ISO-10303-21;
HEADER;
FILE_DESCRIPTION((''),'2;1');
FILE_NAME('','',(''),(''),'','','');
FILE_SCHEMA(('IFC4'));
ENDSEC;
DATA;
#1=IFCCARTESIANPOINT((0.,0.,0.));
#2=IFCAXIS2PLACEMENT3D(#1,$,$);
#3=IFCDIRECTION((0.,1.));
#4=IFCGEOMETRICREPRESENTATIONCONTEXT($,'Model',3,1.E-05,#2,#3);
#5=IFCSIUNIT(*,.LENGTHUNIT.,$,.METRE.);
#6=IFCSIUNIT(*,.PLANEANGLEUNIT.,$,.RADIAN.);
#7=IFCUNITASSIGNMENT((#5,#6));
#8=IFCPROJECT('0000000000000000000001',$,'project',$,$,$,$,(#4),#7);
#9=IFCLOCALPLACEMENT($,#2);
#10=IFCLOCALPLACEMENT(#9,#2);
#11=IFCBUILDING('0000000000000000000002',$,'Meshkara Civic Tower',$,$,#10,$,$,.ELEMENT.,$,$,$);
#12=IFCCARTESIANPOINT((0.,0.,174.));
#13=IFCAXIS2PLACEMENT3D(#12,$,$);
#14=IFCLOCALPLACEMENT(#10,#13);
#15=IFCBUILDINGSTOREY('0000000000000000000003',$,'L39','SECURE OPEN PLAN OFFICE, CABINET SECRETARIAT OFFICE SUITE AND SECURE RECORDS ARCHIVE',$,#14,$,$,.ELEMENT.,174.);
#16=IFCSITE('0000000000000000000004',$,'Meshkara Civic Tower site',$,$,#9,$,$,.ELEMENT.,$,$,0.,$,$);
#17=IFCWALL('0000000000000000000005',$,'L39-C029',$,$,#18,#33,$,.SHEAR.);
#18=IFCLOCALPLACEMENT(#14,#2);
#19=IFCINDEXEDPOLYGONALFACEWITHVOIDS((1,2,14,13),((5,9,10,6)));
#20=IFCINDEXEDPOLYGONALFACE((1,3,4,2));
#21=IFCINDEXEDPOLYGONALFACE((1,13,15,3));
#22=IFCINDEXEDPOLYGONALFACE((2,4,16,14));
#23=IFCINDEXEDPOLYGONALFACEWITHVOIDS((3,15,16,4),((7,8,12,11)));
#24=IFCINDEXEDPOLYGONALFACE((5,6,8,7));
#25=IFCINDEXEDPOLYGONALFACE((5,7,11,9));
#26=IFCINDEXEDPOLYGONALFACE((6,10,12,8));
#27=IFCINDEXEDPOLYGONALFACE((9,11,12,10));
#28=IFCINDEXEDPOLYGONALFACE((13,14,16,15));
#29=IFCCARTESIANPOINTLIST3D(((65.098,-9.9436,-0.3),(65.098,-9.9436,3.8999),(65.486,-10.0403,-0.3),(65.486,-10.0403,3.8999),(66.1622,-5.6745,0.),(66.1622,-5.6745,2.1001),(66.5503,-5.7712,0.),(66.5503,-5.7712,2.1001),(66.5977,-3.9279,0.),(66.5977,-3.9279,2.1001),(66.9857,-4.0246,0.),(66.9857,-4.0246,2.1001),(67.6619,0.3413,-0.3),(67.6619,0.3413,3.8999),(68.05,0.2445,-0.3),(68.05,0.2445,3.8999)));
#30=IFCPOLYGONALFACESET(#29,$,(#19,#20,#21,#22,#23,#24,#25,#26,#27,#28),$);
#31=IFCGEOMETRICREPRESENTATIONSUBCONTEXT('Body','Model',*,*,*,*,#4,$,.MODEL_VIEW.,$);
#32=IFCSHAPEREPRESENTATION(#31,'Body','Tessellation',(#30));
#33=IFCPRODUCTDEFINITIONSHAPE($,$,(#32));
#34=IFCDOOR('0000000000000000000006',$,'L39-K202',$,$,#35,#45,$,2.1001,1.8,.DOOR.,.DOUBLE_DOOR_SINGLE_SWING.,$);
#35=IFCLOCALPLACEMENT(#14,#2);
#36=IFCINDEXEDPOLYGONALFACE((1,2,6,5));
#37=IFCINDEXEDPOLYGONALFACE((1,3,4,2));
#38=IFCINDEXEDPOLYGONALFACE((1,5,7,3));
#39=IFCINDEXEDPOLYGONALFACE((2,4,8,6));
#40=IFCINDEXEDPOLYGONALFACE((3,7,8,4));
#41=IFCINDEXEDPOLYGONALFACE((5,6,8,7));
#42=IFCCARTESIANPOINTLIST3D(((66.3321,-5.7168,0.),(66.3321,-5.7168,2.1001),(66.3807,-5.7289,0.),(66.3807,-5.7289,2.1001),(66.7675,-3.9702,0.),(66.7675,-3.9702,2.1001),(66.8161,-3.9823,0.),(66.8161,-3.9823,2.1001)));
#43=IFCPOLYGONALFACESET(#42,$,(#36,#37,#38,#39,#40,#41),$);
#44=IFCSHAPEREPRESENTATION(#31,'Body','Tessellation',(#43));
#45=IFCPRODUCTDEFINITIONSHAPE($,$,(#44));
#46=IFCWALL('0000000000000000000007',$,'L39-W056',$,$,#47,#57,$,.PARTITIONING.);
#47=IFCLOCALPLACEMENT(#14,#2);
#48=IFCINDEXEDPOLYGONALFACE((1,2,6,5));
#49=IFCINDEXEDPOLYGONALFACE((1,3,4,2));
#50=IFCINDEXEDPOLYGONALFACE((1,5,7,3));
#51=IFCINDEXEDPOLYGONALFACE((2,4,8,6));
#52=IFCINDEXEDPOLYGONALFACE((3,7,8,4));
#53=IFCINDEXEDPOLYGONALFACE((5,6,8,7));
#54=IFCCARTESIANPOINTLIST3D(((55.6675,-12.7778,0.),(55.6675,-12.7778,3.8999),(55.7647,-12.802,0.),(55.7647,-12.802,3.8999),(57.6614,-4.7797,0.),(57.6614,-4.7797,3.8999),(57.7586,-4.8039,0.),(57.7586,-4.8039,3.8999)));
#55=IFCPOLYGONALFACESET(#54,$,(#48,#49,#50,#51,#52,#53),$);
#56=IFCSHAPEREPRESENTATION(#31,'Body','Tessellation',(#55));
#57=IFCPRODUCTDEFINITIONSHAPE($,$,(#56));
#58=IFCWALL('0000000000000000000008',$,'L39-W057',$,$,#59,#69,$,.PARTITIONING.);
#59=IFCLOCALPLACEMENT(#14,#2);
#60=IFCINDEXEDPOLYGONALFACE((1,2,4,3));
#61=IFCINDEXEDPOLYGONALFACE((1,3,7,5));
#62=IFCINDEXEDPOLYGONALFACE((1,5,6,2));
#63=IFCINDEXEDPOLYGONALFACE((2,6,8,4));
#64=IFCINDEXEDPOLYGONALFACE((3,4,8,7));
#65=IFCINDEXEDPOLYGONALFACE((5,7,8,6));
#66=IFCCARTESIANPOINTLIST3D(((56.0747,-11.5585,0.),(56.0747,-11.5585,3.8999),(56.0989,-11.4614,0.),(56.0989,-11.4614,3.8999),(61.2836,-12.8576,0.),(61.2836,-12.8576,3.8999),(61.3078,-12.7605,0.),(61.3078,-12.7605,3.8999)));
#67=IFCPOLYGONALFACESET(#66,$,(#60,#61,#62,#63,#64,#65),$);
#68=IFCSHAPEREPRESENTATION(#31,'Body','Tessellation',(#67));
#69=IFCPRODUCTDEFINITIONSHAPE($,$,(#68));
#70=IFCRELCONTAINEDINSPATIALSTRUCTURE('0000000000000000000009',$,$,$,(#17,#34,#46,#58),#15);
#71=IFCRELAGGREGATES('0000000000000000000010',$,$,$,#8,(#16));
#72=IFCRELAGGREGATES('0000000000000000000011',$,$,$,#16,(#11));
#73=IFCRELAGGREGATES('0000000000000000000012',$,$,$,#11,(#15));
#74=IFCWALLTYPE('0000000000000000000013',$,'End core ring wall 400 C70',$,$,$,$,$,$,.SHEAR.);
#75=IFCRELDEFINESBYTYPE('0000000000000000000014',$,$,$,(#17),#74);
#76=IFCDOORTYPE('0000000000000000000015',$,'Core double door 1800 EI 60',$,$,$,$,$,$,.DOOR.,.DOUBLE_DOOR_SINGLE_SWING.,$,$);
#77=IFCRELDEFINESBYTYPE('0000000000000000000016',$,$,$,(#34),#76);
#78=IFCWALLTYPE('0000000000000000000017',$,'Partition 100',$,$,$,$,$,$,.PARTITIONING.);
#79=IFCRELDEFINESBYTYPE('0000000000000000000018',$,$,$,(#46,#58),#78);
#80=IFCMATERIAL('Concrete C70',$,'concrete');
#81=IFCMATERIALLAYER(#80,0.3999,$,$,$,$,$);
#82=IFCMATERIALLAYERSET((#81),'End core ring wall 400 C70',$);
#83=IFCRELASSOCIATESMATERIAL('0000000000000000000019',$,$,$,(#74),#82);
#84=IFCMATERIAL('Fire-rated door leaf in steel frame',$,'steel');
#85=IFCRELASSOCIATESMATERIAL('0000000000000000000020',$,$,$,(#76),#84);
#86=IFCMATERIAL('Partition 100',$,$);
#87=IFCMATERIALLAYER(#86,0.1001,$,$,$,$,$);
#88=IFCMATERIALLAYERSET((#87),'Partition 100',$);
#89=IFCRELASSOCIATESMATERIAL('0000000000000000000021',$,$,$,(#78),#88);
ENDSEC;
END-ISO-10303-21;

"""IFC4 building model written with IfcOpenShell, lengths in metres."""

from ifc_helpers import new_model, si_unit, direction, frame, frame_2d, origin, place, context, subcontext, project, spatial, rectangle, extrude, material, layer, layer_set, type_object, element, fill, save


model = new_model("IFC4")

# Units and contexts
model_context = context("Model", 3, precision=1e-05, world=origin(), true_north=direction((0.0, 1.0)))
body_context = subcontext(model_context, "Body", "Model", "MODEL_VIEW")
ifc_project = project(units=[si_unit("LENGTHUNIT", "METRE"), si_unit("PLANEANGLEUNIT", "RADIAN")], contexts=[model_context])

# Site, building, storey
site_placement = place(None, origin())
site = spatial("IfcSite", under=ifc_project, at=site_placement, Name="Meshkara Civic Tower site", CompositionType="ELEMENT", RefElevation=0.0)
building_placement = place(site_placement, origin())
building = spatial("IfcBuilding", under=site, at=building_placement, Name="Meshkara Civic Tower", CompositionType="ELEMENT")
storey_placement = place(building_placement, frame((0.0, 0.0, 174.0)))
storey = spatial("IfcBuildingStorey", under=building, at=storey_placement, Name="L39", Description="SECURE OPEN PLAN OFFICE, CABINET SECRETARIAT OFFICE SUITE AND SECURE RECORDS ARCHIVE", CompositionType="ELEMENT", Elevation=174.0)

# Shared definitions
ifc_material_1 = material(Name="Concrete C70", Category="concrete")
ifc_layer_1 = layer(ifc_material_1, 0.3999)
ifc_layer_set_1 = layer_set([ifc_layer_1], Name="End core ring wall 400 C70")
wall_type_1 = type_object("IfcWallType", Name="End core ring wall 400 C70", PredefinedType="SHEAR", material=ifc_layer_set_1)

# Wall, opening, door
wall_1_placement = place(storey_placement, frame((65.292, -9.9919, -0.3), z_axis=(0.0, 0.0, 1.0), x_axis=(0.241891, 0.970304, 0.0)))
wall_1 = element("IfcWall", 1, at=wall_1_placement, inside=storey, type_object=wall_type_1, Name="L39-C029", PredefinedType="SHEAR", context=body_context, shape_type="SweptSolid", body=[
    extrude(rectangle(XDim=10.5996, YDim=0.3999, at=frame_2d((5.2998, 0.0))), origin(), (0.0, 0.0, 1.0), 4.2),
])
opening_1_placement = place(wall_1_placement, frame((4.3999, 0.0, 0.3)))
opening_1 = element("IfcOpeningElement", 2, at=opening_1_placement, cuts=wall_1, PredefinedType="OPENING", context=body_context, shape_type="SweptSolid", body=[
    extrude(rectangle(XDim=1.8, YDim=2.1001, at=frame_2d((0.8999, 1.05))), frame((0.0, 0.21, 0.0), z_axis=(0.0, -1.0, 0.0), x_axis=(1.0, 0.0, 0.0)), (0.0, 0.0, 1.0), 0.4199),
])
ifc_material_2 = material(Name="Fire-rated door leaf in steel frame", Category="steel")
door_type_1 = type_object("IfcDoorType", Name="Core double door 1800 EI 60", OperationType="DOUBLE_DOOR_SINGLE_SWING", PredefinedType="DOOR", material=ifc_material_2)
door_1_placement = place(opening_1_placement, origin())
door_1 = element("IfcDoor", 3, at=door_1_placement, inside=storey, type_object=door_type_1, Name="L39-K202", OperationType="DOUBLE_DOOR_SINGLE_SWING", OverallHeight=2.1001, OverallWidth=1.8, PredefinedType="DOOR", context=body_context, shape_type="SweptSolid", body=[
    extrude(rectangle(XDim=1.8, YDim=2.1001, at=frame_2d((0.8999, 1.05))), frame((0.0, 0.0249, 0.0), z_axis=(0.0, -1.0, 0.0), x_axis=(1.0, 0.0, 0.0)), (0.0, 0.0, 1.0), 0.05),
])
fill(opening_1, door_1)

# Walls
ifc_material_3 = material(Name="Partition 100")
ifc_layer_2 = layer(ifc_material_3, 0.1001)
ifc_layer_set_2 = layer_set([ifc_layer_2], Name="Partition 100")
wall_type_2 = type_object("IfcWallType", Name="Partition 100", PredefinedType="PARTITIONING", material=ifc_layer_set_2)
wall_2_placement = place(storey_placement, frame((55.7161, -12.79, 0.0), z_axis=(0.0, 0.0, 1.0), x_axis=(0.241894, 0.970303, 0.0)))
element("IfcWall", 4, at=wall_2_placement, inside=storey, type_object=wall_type_2, Name="L39-W056", PredefinedType="PARTITIONING", context=body_context, shape_type="SweptSolid", body=[
    extrude(rectangle(XDim=8.2429, YDim=0.1001, at=frame_2d((4.1216, 0.0))), origin(), (0.0, 0.0, 1.0), 3.8999),
])
wall_3_placement = place(storey_placement, frame((56.0869, -11.51, 0.0), z_axis=(0.0, 0.0, 1.0), x_axis=(0.970281, -0.241979, 0.0)))
element("IfcWall", 5, at=wall_3_placement, inside=storey, type_object=wall_type_2, Name="L39-W057", PredefinedType="PARTITIONING", context=body_context, shape_type="SweptSolid", body=[
    extrude(rectangle(XDim=5.3684, YDim=0.1001, at=frame_2d((2.6841, 0.0))), origin(), (0.0, 0.0, 1.0), 3.8999),
])

save(model, "model.ifc")
